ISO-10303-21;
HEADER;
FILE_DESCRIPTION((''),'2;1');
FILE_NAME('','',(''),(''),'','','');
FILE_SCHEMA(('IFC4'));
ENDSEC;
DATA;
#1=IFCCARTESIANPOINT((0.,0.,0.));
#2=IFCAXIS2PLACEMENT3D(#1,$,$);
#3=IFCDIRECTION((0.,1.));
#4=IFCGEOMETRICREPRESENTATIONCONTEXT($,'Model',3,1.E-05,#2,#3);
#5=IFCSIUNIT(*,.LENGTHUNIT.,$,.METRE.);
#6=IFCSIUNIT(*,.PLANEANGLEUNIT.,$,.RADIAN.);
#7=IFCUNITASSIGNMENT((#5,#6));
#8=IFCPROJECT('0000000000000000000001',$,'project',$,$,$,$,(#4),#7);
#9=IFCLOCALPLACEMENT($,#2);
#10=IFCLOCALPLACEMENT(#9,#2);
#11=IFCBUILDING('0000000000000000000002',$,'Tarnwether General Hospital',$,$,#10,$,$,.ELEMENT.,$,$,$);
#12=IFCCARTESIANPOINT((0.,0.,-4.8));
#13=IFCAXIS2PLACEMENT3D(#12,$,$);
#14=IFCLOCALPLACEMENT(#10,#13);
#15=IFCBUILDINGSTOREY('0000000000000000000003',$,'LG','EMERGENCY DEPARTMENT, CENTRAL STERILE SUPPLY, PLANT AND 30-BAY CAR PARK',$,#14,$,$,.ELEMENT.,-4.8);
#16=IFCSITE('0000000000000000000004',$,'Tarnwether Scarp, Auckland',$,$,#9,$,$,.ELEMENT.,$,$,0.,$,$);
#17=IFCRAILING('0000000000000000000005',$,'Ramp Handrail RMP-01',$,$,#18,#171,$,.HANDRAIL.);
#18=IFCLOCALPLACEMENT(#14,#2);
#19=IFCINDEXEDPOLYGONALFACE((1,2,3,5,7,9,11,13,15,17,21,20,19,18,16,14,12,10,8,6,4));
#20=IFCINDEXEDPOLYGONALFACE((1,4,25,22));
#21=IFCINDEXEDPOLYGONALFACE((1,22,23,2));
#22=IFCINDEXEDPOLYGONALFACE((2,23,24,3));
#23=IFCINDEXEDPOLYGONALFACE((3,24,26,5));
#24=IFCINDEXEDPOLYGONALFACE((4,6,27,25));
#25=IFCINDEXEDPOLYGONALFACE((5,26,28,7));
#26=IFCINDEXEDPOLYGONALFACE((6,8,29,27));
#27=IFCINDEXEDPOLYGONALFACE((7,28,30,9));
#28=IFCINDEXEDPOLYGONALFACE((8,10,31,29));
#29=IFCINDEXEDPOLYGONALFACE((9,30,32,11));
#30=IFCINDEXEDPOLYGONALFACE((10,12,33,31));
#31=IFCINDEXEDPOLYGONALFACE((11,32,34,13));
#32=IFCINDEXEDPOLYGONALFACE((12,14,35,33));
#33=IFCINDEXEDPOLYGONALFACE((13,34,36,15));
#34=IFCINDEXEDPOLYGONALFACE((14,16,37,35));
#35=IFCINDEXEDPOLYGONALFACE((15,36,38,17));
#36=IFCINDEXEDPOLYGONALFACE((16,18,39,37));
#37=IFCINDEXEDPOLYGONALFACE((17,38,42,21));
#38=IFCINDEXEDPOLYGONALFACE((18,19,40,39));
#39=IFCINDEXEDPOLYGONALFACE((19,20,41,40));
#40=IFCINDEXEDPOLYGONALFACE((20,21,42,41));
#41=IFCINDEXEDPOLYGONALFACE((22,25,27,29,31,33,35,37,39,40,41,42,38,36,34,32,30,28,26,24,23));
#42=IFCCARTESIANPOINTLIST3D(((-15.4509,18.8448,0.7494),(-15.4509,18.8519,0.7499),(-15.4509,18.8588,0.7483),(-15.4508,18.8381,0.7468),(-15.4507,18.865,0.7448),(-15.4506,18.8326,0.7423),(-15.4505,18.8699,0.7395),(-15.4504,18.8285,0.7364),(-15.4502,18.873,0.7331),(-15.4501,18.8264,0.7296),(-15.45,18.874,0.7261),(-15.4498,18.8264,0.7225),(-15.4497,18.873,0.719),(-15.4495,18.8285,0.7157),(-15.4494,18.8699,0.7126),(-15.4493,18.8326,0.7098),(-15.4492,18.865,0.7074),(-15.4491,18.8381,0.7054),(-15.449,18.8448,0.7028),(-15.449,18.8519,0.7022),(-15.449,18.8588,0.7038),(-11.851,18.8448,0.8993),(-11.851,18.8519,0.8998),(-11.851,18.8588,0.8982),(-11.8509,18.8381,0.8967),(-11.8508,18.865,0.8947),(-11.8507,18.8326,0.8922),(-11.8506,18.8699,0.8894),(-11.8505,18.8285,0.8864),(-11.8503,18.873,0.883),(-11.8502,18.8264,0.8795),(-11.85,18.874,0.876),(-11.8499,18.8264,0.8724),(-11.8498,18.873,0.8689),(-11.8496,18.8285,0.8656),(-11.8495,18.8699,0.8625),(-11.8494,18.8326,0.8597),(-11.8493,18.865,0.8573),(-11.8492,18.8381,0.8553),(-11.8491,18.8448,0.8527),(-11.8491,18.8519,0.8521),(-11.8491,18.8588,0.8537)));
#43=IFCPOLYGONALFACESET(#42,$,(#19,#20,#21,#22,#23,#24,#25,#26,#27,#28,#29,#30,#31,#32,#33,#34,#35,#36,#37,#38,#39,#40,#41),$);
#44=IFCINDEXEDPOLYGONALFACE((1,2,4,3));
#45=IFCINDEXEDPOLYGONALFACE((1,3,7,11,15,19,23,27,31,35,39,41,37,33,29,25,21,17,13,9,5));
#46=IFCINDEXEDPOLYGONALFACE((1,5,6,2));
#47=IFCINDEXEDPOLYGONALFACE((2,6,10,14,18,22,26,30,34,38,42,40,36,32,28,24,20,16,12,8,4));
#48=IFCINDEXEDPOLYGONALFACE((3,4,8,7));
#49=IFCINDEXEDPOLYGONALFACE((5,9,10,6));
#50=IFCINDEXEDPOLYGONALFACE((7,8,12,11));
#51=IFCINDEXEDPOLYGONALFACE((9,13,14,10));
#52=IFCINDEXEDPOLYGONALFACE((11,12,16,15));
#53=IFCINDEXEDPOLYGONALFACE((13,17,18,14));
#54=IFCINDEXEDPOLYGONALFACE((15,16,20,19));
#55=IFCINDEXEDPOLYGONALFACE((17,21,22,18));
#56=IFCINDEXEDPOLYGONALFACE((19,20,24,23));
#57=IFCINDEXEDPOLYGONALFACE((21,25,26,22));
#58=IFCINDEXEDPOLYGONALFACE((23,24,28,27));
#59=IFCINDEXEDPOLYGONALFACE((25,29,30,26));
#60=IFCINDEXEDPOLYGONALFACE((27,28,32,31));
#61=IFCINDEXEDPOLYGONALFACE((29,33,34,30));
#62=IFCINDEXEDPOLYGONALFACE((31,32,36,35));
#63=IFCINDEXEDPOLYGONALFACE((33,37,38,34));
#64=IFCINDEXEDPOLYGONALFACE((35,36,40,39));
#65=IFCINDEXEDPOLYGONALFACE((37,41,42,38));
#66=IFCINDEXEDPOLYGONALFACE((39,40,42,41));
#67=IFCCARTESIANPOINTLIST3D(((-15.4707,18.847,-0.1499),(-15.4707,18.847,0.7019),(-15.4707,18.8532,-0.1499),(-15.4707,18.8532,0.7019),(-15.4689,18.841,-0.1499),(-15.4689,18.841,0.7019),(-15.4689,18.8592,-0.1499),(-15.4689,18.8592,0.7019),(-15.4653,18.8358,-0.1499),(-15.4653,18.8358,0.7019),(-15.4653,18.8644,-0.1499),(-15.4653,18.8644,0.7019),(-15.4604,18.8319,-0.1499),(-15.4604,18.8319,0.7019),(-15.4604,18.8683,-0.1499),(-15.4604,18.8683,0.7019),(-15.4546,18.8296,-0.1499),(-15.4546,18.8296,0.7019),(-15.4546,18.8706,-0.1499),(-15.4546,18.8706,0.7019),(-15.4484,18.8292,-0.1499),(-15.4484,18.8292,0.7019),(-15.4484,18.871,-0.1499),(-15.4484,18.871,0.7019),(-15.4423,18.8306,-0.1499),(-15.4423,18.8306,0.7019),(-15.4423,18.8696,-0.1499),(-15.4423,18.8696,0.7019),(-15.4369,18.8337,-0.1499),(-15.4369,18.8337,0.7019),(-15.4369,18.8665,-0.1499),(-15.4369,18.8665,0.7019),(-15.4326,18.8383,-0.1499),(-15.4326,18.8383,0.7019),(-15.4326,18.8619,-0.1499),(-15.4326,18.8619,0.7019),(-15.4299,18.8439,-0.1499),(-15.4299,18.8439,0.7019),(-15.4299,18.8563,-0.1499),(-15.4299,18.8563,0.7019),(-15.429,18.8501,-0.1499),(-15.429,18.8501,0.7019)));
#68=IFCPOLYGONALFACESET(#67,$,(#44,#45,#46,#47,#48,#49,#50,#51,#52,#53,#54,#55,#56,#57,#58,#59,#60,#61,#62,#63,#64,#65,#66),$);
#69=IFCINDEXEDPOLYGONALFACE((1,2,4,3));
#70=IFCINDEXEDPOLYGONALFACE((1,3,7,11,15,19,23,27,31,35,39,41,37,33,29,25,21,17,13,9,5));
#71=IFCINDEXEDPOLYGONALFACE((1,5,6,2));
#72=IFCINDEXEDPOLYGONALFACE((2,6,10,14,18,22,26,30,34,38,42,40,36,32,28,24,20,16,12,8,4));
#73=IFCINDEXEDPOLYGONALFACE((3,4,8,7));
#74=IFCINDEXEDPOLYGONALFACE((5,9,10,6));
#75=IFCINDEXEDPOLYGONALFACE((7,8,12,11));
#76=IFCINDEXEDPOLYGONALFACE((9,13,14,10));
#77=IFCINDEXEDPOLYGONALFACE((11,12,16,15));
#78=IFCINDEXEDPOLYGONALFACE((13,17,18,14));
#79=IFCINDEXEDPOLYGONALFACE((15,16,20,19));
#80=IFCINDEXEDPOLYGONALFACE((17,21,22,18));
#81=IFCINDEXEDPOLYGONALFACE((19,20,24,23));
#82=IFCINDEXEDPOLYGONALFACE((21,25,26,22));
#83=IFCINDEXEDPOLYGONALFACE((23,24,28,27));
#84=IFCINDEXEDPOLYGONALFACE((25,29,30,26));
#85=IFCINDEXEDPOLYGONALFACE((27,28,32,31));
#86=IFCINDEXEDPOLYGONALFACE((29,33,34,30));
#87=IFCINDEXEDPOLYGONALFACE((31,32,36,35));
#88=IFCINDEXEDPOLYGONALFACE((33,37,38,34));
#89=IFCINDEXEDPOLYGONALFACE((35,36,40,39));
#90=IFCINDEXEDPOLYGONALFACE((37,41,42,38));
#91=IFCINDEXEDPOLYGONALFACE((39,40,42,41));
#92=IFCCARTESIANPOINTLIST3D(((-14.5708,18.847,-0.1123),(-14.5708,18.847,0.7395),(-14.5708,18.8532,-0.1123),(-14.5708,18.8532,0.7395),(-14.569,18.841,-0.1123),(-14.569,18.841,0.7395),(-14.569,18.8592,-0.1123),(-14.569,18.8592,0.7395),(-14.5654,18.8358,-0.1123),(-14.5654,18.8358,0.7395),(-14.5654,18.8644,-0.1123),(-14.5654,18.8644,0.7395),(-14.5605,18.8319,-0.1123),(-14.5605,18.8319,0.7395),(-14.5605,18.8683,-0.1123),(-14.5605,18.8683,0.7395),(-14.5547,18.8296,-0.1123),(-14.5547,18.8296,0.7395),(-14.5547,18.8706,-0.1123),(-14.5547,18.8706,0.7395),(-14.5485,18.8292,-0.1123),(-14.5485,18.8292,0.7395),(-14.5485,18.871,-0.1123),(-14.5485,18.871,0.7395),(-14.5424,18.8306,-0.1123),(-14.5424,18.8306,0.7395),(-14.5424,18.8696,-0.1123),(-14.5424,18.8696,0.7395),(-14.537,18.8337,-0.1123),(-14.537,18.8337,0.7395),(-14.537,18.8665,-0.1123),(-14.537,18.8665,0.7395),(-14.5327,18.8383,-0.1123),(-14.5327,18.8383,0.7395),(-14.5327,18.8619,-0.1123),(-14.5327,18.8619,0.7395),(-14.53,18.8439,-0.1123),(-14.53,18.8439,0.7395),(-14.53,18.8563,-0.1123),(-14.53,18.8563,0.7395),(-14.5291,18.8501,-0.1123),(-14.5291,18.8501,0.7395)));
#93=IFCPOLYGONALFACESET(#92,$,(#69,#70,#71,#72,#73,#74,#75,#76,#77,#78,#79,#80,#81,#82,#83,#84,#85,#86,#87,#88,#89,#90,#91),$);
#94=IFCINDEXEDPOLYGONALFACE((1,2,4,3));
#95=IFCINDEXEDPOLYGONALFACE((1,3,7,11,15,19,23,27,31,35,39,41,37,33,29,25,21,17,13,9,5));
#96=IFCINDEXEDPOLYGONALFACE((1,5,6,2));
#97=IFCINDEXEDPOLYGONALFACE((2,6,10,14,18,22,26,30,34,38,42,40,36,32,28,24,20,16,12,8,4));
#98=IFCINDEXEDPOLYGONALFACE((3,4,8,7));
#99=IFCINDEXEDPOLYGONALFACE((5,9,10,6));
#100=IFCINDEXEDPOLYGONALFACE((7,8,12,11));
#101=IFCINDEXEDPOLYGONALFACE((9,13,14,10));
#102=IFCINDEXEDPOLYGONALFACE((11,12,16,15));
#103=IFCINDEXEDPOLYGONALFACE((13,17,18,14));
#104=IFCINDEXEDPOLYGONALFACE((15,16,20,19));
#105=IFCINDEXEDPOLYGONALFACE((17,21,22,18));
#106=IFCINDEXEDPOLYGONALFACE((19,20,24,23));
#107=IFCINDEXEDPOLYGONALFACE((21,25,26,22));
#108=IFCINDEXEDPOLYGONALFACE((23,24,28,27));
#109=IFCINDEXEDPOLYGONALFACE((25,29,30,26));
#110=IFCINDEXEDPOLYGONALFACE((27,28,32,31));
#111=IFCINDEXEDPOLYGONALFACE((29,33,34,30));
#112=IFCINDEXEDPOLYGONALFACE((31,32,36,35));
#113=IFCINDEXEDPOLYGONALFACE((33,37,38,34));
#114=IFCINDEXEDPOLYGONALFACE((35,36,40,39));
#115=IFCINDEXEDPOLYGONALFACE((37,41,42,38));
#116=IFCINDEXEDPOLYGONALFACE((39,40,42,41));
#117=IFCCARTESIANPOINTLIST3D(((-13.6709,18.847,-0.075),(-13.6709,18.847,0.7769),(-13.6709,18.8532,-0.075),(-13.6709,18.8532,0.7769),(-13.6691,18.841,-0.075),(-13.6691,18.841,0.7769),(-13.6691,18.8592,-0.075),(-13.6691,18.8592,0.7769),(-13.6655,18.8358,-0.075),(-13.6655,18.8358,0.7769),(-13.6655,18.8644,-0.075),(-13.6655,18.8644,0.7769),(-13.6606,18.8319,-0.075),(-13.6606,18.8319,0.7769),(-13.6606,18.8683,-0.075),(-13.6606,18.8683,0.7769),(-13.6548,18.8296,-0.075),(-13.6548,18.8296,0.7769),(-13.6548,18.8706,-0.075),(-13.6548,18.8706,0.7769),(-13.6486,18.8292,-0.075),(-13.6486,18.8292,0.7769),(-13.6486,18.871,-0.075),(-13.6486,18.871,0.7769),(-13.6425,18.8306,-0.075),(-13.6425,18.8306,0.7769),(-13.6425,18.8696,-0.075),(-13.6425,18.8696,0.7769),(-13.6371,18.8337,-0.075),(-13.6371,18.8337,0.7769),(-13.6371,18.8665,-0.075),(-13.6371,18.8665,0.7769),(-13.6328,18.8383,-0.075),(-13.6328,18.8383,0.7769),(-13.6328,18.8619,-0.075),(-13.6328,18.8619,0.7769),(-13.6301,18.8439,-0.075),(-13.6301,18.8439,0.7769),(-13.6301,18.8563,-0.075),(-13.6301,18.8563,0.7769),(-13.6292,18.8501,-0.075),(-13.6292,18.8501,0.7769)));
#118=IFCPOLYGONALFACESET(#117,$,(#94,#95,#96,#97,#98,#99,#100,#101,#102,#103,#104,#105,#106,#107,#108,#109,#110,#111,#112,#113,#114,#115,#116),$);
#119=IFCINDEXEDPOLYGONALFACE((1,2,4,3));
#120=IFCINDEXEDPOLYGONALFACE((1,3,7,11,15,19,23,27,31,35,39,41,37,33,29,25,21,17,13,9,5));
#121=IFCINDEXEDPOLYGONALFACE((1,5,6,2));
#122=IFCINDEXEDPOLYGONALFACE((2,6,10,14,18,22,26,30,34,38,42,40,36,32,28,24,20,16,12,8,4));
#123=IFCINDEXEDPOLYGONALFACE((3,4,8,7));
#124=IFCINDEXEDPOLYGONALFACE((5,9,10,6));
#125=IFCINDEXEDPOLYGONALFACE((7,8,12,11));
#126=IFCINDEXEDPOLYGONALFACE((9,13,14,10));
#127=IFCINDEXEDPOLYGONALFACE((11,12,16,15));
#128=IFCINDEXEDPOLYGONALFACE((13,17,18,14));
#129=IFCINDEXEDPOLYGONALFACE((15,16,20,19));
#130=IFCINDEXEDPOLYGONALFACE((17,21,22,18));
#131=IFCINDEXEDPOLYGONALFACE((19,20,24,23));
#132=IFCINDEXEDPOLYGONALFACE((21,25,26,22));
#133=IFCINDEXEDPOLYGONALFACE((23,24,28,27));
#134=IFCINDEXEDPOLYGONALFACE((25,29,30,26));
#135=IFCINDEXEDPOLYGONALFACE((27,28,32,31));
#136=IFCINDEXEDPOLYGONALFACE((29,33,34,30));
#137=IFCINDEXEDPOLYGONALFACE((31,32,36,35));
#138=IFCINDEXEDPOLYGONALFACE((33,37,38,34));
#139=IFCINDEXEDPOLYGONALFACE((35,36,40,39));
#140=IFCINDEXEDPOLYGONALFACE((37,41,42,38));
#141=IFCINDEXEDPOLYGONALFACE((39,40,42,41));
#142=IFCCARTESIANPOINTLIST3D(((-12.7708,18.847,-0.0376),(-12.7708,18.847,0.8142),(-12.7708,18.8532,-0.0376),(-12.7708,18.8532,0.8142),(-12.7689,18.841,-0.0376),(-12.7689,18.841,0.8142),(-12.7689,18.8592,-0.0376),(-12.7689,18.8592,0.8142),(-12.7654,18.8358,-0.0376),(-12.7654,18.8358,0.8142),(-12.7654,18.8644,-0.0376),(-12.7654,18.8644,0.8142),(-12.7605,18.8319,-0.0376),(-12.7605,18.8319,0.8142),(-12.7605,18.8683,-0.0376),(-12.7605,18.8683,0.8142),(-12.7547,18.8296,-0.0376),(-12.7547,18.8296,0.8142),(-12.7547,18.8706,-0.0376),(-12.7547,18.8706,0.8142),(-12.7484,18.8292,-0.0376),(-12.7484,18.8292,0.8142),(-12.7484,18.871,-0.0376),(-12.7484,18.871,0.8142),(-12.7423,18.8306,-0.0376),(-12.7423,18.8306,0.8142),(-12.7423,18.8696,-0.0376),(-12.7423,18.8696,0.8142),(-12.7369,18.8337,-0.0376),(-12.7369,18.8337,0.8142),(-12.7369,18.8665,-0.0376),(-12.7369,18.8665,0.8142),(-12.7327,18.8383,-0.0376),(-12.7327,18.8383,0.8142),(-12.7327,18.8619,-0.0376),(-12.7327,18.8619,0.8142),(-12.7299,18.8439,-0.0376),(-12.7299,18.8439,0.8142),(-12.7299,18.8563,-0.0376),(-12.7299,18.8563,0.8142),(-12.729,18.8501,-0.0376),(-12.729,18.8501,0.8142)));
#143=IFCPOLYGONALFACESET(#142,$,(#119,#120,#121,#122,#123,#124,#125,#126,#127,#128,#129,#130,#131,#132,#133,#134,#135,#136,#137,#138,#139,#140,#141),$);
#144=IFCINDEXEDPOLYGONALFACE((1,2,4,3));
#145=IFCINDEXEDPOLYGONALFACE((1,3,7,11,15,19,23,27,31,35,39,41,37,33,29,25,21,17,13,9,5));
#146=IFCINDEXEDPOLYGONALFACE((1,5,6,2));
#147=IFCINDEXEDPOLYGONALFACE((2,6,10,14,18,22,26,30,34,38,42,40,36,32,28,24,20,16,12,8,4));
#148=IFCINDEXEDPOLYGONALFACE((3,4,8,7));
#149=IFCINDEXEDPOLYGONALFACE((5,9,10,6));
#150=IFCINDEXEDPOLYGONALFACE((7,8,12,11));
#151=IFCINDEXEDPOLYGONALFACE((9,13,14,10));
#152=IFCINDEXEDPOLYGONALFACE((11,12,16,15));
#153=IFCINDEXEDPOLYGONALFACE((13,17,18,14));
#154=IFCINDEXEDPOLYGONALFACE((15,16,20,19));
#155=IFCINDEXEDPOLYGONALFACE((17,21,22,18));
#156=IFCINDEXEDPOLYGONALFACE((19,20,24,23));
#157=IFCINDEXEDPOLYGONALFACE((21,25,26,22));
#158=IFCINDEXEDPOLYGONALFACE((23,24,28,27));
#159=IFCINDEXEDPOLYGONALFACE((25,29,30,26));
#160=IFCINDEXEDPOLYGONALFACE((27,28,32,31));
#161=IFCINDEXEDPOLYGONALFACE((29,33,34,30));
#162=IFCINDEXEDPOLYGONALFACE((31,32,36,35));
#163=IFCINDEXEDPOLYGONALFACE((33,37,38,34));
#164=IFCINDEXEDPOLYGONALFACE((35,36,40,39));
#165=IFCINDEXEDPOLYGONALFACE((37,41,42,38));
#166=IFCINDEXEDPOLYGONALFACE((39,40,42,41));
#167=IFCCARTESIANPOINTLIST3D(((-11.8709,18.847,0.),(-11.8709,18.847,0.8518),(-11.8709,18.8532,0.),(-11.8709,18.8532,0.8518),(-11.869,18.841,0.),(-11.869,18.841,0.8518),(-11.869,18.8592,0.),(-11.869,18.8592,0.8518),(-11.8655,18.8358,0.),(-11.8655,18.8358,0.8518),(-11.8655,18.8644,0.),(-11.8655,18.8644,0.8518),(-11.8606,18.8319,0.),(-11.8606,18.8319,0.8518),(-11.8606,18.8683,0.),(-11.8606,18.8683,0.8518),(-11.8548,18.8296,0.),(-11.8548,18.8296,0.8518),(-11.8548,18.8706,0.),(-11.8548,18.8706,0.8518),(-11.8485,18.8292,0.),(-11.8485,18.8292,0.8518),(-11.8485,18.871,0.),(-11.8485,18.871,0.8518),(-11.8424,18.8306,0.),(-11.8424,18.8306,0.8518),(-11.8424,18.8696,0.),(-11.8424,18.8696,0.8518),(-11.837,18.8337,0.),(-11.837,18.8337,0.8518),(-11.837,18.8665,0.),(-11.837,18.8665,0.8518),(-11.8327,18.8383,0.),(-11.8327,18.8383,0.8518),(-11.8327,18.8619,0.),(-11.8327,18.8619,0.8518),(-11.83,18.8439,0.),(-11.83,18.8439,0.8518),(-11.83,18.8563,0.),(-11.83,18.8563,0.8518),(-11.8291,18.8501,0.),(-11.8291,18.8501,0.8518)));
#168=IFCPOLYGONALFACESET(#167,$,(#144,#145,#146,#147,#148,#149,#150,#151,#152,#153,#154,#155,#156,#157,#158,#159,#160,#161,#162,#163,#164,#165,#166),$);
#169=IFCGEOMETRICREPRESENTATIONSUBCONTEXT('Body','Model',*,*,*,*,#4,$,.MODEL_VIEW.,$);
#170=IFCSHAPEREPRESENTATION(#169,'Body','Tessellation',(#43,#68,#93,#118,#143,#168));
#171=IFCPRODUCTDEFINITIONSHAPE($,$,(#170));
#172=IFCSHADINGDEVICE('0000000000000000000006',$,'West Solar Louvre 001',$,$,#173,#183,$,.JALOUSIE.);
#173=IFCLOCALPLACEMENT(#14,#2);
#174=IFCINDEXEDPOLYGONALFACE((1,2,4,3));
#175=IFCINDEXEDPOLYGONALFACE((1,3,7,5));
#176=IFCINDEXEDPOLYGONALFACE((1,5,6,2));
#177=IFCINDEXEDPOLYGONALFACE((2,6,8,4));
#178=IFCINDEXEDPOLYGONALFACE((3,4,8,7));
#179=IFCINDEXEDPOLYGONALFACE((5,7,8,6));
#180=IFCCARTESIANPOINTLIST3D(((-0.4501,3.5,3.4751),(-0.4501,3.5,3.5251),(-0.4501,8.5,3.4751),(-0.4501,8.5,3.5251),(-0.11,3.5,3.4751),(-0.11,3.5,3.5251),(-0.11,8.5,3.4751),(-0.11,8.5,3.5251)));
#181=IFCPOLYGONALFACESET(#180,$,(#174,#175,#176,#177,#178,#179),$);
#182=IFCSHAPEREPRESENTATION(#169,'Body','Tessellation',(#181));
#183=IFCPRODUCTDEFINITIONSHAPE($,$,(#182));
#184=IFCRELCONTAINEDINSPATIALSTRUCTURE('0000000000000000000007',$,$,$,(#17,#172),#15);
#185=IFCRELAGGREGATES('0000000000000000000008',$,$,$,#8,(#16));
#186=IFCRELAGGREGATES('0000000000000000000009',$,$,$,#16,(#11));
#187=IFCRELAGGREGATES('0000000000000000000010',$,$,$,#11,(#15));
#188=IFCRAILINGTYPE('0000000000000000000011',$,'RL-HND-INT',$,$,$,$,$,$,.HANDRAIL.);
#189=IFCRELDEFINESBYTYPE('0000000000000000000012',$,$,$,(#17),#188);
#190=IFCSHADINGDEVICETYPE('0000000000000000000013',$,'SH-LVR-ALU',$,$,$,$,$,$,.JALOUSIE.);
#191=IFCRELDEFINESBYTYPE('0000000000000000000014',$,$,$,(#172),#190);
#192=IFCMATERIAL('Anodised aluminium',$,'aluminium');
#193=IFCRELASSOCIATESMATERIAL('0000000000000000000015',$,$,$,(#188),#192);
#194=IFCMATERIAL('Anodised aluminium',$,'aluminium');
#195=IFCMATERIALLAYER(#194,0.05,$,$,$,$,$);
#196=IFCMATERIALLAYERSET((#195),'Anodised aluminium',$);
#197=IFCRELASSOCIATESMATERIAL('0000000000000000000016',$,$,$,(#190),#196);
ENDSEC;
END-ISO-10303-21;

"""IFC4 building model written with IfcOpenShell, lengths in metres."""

from ifc_helpers import new_model, si_unit, direction, frame, origin, origin_2d, place, context, subcontext, project, spatial, rectangle, circle, extrude, material, layer, layer_set, type_object, element, save


model = new_model("IFC4")

# Units and contexts
model_context = context("Model", 3, precision=1e-05, world=origin(), true_north=direction((0.0, 1.0)))
body_context = subcontext(model_context, "Body", "Model", "MODEL_VIEW")
ifc_project = project(units=[si_unit("LENGTHUNIT", "METRE"), si_unit("PLANEANGLEUNIT", "RADIAN")], contexts=[model_context])

# Site, building, storey
site_placement = place(None, origin())
site = spatial("IfcSite", under=ifc_project, at=site_placement, Name="Tarnwether Scarp, Auckland", CompositionType="ELEMENT", RefElevation=0.0)
building_placement = place(site_placement, origin())
building = spatial("IfcBuilding", under=site, at=building_placement, Name="Tarnwether General Hospital", CompositionType="ELEMENT")
storey_placement = place(building_placement, frame((0.0, 0.0, -4.8)))
storey = spatial("IfcBuildingStorey", under=building, at=storey_placement, Name="LG", Description="EMERGENCY DEPARTMENT, CENTRAL STERILE SUPPLY, PLANT AND 30-BAY CAR PARK", CompositionType="ELEMENT", Elevation=-4.8)

# Railing
ifc_material_1 = material(Name="Anodised aluminium", Category="aluminium")
railing_type = type_object("IfcRailingType", Name="RL-HND-INT", PredefinedType="HANDRAIL", material=ifc_material_1)
for number, where, name in (
    (1, (-15.45, 18.8501, -0.1499), "Ramp Handrail RMP-01"),
):
    element("IfcRailing", number, at=place(storey_placement, frame(where)), inside=storey, type_object=railing_type, Name=name, PredefinedType="HANDRAIL", context=body_context, shape_type="SweptSolid", body=[
        extrude(circle(Radius=0.0239, at=origin_2d()), frame((0.0, 0.0, 0.876), z_axis=(0.999134, 0.0, 0.041605), x_axis=(0.0, 1.0, 0.0)), (0.0, 0.0, 1.0), 3.603),
        extrude(circle(Radius=0.021, at=origin_2d()), origin(), (0.0, 0.0, 1.0), 0.8518),
        extrude(circle(Radius=0.021, at=origin_2d()), frame((0.8999, 0.0, 0.0376)), (0.0, 0.0, 1.0), 0.8518),
        extrude(circle(Radius=0.021, at=origin_2d()), frame((1.7998, 0.0, 0.075)), (0.0, 0.0, 1.0), 0.8518),
        extrude(circle(Radius=0.021, at=origin_2d()), frame((2.7, 0.0, 0.1123)), (0.0, 0.0, 1.0), 0.8518),
        extrude(circle(Radius=0.021, at=origin_2d()), frame((3.5999, 0.0, 0.1499)), (0.0, 0.0, 1.0), 0.8518),
    ])

# Shading device
ifc_material_2 = material(Name="Anodised aluminium", Category="aluminium")
ifc_layer_1 = layer(ifc_material_2, 0.05)
ifc_layer_set_1 = layer_set([ifc_layer_1], Name="Anodised aluminium")
shading_device_type = type_object("IfcShadingDeviceType", Name="SH-LVR-ALU", PredefinedType="JALOUSIE", material=ifc_layer_set_1)
shading_device_placement = place(storey_placement, frame((-0.28, 6.0, 3.4751), z_axis=(0.0, 0.0, 1.0), x_axis=(1.0, 0.0, 0.0)))
element("IfcShadingDevice", 2, at=shading_device_placement, inside=storey, type_object=shading_device_type, Name="West Solar Louvre 001", PredefinedType="JALOUSIE", context=body_context, shape_type="SweptSolid", body=[
    extrude(rectangle(XDim=0.3401, YDim=5.0, at=origin_2d()), origin(), (0.0, 0.0, 1.0), 0.05),
])

save(model, "model.ifc")
